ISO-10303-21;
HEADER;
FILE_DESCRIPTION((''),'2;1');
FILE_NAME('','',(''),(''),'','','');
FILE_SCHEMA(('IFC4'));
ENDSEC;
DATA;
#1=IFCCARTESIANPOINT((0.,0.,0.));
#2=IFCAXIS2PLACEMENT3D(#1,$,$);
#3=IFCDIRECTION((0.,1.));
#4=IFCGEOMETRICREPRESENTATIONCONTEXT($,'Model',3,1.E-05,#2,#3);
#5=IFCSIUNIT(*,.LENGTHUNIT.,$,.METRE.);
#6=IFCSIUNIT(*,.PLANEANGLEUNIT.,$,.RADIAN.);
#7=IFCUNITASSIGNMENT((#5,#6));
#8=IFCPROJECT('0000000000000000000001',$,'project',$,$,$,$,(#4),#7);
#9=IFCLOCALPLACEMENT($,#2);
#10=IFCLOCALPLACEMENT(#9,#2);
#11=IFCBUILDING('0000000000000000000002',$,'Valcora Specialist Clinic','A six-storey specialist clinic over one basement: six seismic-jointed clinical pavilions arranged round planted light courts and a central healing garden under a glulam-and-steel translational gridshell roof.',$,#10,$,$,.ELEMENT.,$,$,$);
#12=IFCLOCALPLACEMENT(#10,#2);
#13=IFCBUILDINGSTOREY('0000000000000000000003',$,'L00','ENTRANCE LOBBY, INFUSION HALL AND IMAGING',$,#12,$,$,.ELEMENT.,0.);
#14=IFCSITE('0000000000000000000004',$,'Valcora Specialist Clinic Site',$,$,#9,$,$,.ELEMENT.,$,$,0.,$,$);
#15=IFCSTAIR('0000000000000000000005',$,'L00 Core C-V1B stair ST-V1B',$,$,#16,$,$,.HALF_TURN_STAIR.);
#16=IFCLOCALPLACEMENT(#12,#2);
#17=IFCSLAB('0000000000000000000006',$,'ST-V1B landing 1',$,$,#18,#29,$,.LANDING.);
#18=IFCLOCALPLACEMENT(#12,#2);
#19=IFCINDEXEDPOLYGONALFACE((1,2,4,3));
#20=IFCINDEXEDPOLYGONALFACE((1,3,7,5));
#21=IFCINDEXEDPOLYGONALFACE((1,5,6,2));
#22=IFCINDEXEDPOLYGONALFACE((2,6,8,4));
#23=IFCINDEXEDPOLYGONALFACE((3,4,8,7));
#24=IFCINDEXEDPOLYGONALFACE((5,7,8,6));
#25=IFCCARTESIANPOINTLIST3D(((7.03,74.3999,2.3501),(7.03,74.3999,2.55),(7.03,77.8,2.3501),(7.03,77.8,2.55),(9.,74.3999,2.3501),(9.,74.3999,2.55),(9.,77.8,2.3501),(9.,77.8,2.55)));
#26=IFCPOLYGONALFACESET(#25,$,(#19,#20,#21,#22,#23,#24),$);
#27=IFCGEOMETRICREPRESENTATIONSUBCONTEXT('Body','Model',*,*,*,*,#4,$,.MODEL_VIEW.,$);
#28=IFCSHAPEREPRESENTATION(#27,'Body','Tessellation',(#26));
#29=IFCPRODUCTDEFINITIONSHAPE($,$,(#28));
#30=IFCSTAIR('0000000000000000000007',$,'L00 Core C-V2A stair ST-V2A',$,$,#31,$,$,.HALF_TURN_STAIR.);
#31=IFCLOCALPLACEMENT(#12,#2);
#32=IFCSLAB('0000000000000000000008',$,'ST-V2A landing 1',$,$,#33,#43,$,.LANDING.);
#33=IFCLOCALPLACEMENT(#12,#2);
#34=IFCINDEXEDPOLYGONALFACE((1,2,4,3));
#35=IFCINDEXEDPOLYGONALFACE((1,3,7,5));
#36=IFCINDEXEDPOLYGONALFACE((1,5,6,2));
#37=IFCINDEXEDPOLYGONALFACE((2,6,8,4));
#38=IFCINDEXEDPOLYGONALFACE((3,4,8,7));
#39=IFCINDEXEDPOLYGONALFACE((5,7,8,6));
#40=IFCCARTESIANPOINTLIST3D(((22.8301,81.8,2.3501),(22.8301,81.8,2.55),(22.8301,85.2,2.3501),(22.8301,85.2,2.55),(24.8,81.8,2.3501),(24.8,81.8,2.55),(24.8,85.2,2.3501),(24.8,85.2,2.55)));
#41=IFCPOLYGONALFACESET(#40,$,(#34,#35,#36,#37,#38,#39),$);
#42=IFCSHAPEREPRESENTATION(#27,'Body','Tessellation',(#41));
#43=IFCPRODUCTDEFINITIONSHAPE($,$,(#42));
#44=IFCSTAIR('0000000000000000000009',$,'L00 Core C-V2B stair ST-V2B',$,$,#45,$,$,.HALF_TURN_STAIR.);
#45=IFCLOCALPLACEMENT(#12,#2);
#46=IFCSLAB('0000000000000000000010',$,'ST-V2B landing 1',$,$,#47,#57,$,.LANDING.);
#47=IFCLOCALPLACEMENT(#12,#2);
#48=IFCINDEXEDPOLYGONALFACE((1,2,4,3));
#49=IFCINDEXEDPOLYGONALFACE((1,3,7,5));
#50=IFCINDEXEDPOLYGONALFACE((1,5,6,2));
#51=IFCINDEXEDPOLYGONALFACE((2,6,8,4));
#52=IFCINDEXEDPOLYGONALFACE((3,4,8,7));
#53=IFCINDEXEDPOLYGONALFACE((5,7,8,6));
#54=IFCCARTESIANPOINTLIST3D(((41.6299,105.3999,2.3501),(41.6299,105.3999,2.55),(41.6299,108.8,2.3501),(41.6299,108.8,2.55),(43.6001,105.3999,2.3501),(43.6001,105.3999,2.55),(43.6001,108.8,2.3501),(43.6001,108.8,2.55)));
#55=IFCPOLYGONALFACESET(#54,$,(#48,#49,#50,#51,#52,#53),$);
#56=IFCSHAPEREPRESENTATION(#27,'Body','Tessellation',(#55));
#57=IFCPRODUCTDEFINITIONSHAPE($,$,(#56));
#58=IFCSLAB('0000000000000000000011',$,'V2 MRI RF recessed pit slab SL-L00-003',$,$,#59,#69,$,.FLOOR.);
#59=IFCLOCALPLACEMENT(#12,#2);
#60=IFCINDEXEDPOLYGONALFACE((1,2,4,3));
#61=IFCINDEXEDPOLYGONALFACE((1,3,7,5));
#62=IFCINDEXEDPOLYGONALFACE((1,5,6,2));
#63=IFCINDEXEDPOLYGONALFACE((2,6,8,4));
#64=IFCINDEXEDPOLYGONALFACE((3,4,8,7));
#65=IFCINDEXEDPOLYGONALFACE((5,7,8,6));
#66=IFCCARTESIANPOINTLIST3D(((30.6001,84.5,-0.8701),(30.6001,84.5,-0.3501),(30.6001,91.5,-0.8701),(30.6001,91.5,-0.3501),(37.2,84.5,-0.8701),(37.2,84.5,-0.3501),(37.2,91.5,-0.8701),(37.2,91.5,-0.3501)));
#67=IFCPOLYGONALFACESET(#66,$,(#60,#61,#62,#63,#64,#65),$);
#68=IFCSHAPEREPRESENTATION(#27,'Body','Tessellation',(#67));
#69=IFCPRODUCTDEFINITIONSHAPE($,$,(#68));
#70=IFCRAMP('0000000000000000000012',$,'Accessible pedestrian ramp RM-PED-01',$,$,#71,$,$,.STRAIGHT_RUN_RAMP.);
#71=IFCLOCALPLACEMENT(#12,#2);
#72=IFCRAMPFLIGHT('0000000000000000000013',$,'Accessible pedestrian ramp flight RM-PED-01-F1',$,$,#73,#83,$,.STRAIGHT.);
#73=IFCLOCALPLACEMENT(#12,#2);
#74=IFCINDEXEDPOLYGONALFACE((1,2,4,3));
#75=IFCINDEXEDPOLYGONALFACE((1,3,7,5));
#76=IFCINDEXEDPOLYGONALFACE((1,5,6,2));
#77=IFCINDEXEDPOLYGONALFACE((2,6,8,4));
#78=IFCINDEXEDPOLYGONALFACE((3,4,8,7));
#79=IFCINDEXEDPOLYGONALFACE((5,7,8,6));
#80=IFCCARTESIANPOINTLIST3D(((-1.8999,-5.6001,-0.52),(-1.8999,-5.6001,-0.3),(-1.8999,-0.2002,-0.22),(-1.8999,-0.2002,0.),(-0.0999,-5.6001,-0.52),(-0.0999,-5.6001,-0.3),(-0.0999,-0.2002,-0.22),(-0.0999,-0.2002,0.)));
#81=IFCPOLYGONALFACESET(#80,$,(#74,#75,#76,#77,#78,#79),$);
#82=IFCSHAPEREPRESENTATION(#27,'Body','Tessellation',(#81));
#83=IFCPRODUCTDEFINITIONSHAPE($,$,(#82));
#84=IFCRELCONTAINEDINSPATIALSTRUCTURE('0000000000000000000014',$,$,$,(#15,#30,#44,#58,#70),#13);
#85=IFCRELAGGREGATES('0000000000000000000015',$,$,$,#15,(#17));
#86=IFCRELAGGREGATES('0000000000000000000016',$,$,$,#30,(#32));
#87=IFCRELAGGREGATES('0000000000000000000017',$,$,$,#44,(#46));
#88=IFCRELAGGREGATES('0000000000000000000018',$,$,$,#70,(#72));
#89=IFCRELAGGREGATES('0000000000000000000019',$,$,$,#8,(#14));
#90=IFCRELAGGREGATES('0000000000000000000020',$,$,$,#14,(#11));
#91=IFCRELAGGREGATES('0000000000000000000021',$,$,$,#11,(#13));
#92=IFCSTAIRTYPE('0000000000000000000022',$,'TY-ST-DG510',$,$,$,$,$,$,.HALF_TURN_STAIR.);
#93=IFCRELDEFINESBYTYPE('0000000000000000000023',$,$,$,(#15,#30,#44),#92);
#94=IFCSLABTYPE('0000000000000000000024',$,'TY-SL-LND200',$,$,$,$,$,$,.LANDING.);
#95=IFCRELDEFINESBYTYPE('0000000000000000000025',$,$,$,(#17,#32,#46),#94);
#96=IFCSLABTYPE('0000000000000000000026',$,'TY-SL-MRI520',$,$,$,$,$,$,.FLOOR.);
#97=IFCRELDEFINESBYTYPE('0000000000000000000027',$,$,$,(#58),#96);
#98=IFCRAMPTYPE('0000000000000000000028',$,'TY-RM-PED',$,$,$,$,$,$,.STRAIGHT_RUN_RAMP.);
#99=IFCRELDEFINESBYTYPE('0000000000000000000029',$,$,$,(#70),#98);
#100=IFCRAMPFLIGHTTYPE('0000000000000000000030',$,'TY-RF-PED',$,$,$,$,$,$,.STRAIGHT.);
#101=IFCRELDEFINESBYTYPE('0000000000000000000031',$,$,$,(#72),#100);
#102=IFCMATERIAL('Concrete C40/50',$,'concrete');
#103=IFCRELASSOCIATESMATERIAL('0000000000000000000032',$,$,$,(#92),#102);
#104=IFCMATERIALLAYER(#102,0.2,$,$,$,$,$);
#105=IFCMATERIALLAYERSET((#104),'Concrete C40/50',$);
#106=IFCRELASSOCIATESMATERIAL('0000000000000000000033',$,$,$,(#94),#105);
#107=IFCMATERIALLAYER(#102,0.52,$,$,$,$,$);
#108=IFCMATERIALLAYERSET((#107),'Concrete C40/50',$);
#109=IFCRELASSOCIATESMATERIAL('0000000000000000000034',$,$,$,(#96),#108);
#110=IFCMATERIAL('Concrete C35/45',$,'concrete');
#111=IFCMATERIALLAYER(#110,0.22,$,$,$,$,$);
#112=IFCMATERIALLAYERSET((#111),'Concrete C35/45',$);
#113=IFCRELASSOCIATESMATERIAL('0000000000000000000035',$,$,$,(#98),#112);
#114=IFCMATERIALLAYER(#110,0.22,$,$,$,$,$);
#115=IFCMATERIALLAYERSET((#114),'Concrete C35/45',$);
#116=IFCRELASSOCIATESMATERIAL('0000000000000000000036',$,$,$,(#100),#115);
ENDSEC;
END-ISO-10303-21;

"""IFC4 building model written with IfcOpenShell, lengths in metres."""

from ifc_helpers import new_model, si_unit, direction, frame, origin, place, context, subcontext, project, spatial, polyline, outline, extrude, material, layer, layer_set, type_object, element, aggregate, save


model = new_model("IFC4")

# Units and contexts
model_context = context("Model", 3, precision=1e-05, world=origin(), true_north=direction((0.0, 1.0)))
body_context = subcontext(model_context, "Body", "Model", "MODEL_VIEW")
ifc_project = project(units=[si_unit("LENGTHUNIT", "METRE"), si_unit("PLANEANGLEUNIT", "RADIAN")], contexts=[model_context])

# Site, building, storey
site_placement = place(None, origin())
site = spatial("IfcSite", under=ifc_project, at=site_placement, Name="Valcora Specialist Clinic Site", CompositionType="ELEMENT", RefElevation=0.0)
building_placement = place(site_placement, origin())
building = spatial("IfcBuilding", under=site, at=building_placement, Name="Valcora Specialist Clinic", Description="A six-storey specialist clinic over one basement: six seismic-jointed clinical pavilions arranged round planted light courts and a central healing garden under a glulam-and-steel translational gridshell roof.", CompositionType="ELEMENT")
storey_placement = place(building_placement, origin())
storey = spatial("IfcBuildingStorey", under=building, at=storey_placement, Name="L00", Description="ENTRANCE LOBBY, INFUSION HALL AND IMAGING", CompositionType="ELEMENT", Elevation=0.0)

# Shared definitions
ifc_material_1 = material(Name="Concrete C35/45", Category="concrete")
ifc_material_2 = material(Name="Concrete C40/50", Category="concrete")

# Stairs, slabs
stair_type = type_object("IfcStairType", Name="TY-ST-DG510", PredefinedType="HALF_TURN_STAIR", material=ifc_material_2)
ifc_layer_1 = layer(ifc_material_2, 0.2)
ifc_layer_set_1 = layer_set([ifc_layer_1], Name="Concrete C40/50")
slab_type_1 = type_object("IfcSlabType", Name="TY-SL-LND200", PredefinedType="LANDING", material=ifc_layer_set_1)
stair_1_placement = place(storey_placement, origin())
stair_1 = element("IfcStair", 1, at=stair_1_placement, inside=storey, type_object=stair_type, Name="L00 Core C-V1B stair ST-V1B", PredefinedType="HALF_TURN_STAIR")
slab_1_placement = place(storey_placement, frame((0.0, 0.0, 2.3501)))
slab_1 = element("IfcSlab", 2, at=slab_1_placement, type_object=slab_type_1, Name="ST-V1B landing 1", PredefinedType="LANDING", context=body_context, shape_type="SweptSolid", body=[
    extrude(outline(polyline([(7.03, 74.3999), (9.0, 74.3999), (9.0, 77.8), (7.03, 77.8), (7.03, 74.3999)])), origin(), (0.0, 0.0, 1.0), 0.2),
])
aggregate(stair_1, [slab_1])
stair_2_placement = place(storey_placement, origin())
stair_2 = element("IfcStair", 3, at=stair_2_placement, inside=storey, type_object=stair_type, Name="L00 Core C-V2A stair ST-V2A", PredefinedType="HALF_TURN_STAIR")
slab_2_placement = place(storey_placement, frame((0.0, 0.0, 2.3501)))
slab_2 = element("IfcSlab", 4, at=slab_2_placement, type_object=slab_type_1, Name="ST-V2A landing 1", PredefinedType="LANDING", context=body_context, shape_type="SweptSolid", body=[
    extrude(outline(polyline([(22.8301, 81.8), (24.8, 81.8), (24.8, 85.2), (22.8301, 85.2), (22.8301, 81.8)])), origin(), (0.0, 0.0, 1.0), 0.2),
])
aggregate(stair_2, [slab_2])
stair_3_placement = place(storey_placement, origin())
stair_3 = element("IfcStair", 5, at=stair_3_placement, inside=storey, type_object=stair_type, Name="L00 Core C-V2B stair ST-V2B", PredefinedType="HALF_TURN_STAIR")
slab_3_placement = place(storey_placement, frame((0.0, 0.0, 2.3501)))
slab_3 = element("IfcSlab", 6, at=slab_3_placement, type_object=slab_type_1, Name="ST-V2B landing 1", PredefinedType="LANDING", context=body_context, shape_type="SweptSolid", body=[
    extrude(outline(polyline([(41.6299, 105.3999), (43.6001, 105.3999), (43.6001, 108.8), (41.6299, 108.8), (41.6299, 105.3999)])), origin(), (0.0, 0.0, 1.0), 0.2),
])
aggregate(stair_3, [slab_3])

# Slab
ifc_layer_2 = layer(ifc_material_2, 0.52)
ifc_layer_set_2 = layer_set([ifc_layer_2], Name="Concrete C40/50")
slab_type_2 = type_object("IfcSlabType", Name="TY-SL-MRI520", PredefinedType="FLOOR", material=ifc_layer_set_2)
slab_4_placement = place(storey_placement, frame((0.0, 0.0, -0.8701)))
element("IfcSlab", 7, at=slab_4_placement, inside=storey, type_object=slab_type_2, Name="V2 MRI RF recessed pit slab SL-L00-003", PredefinedType="FLOOR", context=body_context, shape_type="SweptSolid", body=[
    extrude(outline(polyline([(30.6001, 84.5), (37.2, 84.5), (37.2, 91.5), (30.6001, 91.5), (30.6001, 84.5)])), origin(), (0.0, 0.0, 1.0), 0.52),
])

# Ramp, ramp flight
ifc_layer_3 = layer(ifc_material_1, 0.22)
ifc_layer_set_3 = layer_set([ifc_layer_3], Name="Concrete C35/45")
ramp_type = type_object("IfcRampType", Name="TY-RM-PED", PredefinedType="STRAIGHT_RUN_RAMP", material=ifc_layer_set_3)
ramp_placement = place(storey_placement, origin())
ramp = element("IfcRamp", 8, at=ramp_placement, inside=storey, type_object=ramp_type, Name="Accessible pedestrian ramp RM-PED-01", PredefinedType="STRAIGHT_RUN_RAMP")
ifc_layer_4 = layer(ifc_material_1, 0.22)
ifc_layer_set_4 = layer_set([ifc_layer_4], Name="Concrete C35/45")
ramp_flight_type = type_object("IfcRampFlightType", Name="TY-RF-PED", PredefinedType="STRAIGHT", material=ifc_layer_set_4)
ramp_flight_placement = place(storey_placement, frame((-1.0, -5.6001, -0.3), z_axis=(0.0, 0.0, 1.0), x_axis=(0.0, 1.0, 0.0)))
ramp_flight = element("IfcRampFlight", 9, at=ramp_flight_placement, type_object=ramp_flight_type, Name="Accessible pedestrian ramp flight RM-PED-01-F1", PredefinedType="STRAIGHT", context=body_context, shape_type="SweptSolid", body=[
    extrude(outline(polyline([(0.0, 0.0), (5.3999, 0.3), (5.3999, 0.0801), (0.0, -0.22), (0.0, 0.0)])), frame((0.0, 0.8999, 0.0), z_axis=(0.0, -1.0, 0.0), x_axis=(1.0, 0.0, 0.0)), (0.0, 0.0, 1.0), 1.8),
])
aggregate(ramp, [ramp_flight])

save(model, "model.ifc")
